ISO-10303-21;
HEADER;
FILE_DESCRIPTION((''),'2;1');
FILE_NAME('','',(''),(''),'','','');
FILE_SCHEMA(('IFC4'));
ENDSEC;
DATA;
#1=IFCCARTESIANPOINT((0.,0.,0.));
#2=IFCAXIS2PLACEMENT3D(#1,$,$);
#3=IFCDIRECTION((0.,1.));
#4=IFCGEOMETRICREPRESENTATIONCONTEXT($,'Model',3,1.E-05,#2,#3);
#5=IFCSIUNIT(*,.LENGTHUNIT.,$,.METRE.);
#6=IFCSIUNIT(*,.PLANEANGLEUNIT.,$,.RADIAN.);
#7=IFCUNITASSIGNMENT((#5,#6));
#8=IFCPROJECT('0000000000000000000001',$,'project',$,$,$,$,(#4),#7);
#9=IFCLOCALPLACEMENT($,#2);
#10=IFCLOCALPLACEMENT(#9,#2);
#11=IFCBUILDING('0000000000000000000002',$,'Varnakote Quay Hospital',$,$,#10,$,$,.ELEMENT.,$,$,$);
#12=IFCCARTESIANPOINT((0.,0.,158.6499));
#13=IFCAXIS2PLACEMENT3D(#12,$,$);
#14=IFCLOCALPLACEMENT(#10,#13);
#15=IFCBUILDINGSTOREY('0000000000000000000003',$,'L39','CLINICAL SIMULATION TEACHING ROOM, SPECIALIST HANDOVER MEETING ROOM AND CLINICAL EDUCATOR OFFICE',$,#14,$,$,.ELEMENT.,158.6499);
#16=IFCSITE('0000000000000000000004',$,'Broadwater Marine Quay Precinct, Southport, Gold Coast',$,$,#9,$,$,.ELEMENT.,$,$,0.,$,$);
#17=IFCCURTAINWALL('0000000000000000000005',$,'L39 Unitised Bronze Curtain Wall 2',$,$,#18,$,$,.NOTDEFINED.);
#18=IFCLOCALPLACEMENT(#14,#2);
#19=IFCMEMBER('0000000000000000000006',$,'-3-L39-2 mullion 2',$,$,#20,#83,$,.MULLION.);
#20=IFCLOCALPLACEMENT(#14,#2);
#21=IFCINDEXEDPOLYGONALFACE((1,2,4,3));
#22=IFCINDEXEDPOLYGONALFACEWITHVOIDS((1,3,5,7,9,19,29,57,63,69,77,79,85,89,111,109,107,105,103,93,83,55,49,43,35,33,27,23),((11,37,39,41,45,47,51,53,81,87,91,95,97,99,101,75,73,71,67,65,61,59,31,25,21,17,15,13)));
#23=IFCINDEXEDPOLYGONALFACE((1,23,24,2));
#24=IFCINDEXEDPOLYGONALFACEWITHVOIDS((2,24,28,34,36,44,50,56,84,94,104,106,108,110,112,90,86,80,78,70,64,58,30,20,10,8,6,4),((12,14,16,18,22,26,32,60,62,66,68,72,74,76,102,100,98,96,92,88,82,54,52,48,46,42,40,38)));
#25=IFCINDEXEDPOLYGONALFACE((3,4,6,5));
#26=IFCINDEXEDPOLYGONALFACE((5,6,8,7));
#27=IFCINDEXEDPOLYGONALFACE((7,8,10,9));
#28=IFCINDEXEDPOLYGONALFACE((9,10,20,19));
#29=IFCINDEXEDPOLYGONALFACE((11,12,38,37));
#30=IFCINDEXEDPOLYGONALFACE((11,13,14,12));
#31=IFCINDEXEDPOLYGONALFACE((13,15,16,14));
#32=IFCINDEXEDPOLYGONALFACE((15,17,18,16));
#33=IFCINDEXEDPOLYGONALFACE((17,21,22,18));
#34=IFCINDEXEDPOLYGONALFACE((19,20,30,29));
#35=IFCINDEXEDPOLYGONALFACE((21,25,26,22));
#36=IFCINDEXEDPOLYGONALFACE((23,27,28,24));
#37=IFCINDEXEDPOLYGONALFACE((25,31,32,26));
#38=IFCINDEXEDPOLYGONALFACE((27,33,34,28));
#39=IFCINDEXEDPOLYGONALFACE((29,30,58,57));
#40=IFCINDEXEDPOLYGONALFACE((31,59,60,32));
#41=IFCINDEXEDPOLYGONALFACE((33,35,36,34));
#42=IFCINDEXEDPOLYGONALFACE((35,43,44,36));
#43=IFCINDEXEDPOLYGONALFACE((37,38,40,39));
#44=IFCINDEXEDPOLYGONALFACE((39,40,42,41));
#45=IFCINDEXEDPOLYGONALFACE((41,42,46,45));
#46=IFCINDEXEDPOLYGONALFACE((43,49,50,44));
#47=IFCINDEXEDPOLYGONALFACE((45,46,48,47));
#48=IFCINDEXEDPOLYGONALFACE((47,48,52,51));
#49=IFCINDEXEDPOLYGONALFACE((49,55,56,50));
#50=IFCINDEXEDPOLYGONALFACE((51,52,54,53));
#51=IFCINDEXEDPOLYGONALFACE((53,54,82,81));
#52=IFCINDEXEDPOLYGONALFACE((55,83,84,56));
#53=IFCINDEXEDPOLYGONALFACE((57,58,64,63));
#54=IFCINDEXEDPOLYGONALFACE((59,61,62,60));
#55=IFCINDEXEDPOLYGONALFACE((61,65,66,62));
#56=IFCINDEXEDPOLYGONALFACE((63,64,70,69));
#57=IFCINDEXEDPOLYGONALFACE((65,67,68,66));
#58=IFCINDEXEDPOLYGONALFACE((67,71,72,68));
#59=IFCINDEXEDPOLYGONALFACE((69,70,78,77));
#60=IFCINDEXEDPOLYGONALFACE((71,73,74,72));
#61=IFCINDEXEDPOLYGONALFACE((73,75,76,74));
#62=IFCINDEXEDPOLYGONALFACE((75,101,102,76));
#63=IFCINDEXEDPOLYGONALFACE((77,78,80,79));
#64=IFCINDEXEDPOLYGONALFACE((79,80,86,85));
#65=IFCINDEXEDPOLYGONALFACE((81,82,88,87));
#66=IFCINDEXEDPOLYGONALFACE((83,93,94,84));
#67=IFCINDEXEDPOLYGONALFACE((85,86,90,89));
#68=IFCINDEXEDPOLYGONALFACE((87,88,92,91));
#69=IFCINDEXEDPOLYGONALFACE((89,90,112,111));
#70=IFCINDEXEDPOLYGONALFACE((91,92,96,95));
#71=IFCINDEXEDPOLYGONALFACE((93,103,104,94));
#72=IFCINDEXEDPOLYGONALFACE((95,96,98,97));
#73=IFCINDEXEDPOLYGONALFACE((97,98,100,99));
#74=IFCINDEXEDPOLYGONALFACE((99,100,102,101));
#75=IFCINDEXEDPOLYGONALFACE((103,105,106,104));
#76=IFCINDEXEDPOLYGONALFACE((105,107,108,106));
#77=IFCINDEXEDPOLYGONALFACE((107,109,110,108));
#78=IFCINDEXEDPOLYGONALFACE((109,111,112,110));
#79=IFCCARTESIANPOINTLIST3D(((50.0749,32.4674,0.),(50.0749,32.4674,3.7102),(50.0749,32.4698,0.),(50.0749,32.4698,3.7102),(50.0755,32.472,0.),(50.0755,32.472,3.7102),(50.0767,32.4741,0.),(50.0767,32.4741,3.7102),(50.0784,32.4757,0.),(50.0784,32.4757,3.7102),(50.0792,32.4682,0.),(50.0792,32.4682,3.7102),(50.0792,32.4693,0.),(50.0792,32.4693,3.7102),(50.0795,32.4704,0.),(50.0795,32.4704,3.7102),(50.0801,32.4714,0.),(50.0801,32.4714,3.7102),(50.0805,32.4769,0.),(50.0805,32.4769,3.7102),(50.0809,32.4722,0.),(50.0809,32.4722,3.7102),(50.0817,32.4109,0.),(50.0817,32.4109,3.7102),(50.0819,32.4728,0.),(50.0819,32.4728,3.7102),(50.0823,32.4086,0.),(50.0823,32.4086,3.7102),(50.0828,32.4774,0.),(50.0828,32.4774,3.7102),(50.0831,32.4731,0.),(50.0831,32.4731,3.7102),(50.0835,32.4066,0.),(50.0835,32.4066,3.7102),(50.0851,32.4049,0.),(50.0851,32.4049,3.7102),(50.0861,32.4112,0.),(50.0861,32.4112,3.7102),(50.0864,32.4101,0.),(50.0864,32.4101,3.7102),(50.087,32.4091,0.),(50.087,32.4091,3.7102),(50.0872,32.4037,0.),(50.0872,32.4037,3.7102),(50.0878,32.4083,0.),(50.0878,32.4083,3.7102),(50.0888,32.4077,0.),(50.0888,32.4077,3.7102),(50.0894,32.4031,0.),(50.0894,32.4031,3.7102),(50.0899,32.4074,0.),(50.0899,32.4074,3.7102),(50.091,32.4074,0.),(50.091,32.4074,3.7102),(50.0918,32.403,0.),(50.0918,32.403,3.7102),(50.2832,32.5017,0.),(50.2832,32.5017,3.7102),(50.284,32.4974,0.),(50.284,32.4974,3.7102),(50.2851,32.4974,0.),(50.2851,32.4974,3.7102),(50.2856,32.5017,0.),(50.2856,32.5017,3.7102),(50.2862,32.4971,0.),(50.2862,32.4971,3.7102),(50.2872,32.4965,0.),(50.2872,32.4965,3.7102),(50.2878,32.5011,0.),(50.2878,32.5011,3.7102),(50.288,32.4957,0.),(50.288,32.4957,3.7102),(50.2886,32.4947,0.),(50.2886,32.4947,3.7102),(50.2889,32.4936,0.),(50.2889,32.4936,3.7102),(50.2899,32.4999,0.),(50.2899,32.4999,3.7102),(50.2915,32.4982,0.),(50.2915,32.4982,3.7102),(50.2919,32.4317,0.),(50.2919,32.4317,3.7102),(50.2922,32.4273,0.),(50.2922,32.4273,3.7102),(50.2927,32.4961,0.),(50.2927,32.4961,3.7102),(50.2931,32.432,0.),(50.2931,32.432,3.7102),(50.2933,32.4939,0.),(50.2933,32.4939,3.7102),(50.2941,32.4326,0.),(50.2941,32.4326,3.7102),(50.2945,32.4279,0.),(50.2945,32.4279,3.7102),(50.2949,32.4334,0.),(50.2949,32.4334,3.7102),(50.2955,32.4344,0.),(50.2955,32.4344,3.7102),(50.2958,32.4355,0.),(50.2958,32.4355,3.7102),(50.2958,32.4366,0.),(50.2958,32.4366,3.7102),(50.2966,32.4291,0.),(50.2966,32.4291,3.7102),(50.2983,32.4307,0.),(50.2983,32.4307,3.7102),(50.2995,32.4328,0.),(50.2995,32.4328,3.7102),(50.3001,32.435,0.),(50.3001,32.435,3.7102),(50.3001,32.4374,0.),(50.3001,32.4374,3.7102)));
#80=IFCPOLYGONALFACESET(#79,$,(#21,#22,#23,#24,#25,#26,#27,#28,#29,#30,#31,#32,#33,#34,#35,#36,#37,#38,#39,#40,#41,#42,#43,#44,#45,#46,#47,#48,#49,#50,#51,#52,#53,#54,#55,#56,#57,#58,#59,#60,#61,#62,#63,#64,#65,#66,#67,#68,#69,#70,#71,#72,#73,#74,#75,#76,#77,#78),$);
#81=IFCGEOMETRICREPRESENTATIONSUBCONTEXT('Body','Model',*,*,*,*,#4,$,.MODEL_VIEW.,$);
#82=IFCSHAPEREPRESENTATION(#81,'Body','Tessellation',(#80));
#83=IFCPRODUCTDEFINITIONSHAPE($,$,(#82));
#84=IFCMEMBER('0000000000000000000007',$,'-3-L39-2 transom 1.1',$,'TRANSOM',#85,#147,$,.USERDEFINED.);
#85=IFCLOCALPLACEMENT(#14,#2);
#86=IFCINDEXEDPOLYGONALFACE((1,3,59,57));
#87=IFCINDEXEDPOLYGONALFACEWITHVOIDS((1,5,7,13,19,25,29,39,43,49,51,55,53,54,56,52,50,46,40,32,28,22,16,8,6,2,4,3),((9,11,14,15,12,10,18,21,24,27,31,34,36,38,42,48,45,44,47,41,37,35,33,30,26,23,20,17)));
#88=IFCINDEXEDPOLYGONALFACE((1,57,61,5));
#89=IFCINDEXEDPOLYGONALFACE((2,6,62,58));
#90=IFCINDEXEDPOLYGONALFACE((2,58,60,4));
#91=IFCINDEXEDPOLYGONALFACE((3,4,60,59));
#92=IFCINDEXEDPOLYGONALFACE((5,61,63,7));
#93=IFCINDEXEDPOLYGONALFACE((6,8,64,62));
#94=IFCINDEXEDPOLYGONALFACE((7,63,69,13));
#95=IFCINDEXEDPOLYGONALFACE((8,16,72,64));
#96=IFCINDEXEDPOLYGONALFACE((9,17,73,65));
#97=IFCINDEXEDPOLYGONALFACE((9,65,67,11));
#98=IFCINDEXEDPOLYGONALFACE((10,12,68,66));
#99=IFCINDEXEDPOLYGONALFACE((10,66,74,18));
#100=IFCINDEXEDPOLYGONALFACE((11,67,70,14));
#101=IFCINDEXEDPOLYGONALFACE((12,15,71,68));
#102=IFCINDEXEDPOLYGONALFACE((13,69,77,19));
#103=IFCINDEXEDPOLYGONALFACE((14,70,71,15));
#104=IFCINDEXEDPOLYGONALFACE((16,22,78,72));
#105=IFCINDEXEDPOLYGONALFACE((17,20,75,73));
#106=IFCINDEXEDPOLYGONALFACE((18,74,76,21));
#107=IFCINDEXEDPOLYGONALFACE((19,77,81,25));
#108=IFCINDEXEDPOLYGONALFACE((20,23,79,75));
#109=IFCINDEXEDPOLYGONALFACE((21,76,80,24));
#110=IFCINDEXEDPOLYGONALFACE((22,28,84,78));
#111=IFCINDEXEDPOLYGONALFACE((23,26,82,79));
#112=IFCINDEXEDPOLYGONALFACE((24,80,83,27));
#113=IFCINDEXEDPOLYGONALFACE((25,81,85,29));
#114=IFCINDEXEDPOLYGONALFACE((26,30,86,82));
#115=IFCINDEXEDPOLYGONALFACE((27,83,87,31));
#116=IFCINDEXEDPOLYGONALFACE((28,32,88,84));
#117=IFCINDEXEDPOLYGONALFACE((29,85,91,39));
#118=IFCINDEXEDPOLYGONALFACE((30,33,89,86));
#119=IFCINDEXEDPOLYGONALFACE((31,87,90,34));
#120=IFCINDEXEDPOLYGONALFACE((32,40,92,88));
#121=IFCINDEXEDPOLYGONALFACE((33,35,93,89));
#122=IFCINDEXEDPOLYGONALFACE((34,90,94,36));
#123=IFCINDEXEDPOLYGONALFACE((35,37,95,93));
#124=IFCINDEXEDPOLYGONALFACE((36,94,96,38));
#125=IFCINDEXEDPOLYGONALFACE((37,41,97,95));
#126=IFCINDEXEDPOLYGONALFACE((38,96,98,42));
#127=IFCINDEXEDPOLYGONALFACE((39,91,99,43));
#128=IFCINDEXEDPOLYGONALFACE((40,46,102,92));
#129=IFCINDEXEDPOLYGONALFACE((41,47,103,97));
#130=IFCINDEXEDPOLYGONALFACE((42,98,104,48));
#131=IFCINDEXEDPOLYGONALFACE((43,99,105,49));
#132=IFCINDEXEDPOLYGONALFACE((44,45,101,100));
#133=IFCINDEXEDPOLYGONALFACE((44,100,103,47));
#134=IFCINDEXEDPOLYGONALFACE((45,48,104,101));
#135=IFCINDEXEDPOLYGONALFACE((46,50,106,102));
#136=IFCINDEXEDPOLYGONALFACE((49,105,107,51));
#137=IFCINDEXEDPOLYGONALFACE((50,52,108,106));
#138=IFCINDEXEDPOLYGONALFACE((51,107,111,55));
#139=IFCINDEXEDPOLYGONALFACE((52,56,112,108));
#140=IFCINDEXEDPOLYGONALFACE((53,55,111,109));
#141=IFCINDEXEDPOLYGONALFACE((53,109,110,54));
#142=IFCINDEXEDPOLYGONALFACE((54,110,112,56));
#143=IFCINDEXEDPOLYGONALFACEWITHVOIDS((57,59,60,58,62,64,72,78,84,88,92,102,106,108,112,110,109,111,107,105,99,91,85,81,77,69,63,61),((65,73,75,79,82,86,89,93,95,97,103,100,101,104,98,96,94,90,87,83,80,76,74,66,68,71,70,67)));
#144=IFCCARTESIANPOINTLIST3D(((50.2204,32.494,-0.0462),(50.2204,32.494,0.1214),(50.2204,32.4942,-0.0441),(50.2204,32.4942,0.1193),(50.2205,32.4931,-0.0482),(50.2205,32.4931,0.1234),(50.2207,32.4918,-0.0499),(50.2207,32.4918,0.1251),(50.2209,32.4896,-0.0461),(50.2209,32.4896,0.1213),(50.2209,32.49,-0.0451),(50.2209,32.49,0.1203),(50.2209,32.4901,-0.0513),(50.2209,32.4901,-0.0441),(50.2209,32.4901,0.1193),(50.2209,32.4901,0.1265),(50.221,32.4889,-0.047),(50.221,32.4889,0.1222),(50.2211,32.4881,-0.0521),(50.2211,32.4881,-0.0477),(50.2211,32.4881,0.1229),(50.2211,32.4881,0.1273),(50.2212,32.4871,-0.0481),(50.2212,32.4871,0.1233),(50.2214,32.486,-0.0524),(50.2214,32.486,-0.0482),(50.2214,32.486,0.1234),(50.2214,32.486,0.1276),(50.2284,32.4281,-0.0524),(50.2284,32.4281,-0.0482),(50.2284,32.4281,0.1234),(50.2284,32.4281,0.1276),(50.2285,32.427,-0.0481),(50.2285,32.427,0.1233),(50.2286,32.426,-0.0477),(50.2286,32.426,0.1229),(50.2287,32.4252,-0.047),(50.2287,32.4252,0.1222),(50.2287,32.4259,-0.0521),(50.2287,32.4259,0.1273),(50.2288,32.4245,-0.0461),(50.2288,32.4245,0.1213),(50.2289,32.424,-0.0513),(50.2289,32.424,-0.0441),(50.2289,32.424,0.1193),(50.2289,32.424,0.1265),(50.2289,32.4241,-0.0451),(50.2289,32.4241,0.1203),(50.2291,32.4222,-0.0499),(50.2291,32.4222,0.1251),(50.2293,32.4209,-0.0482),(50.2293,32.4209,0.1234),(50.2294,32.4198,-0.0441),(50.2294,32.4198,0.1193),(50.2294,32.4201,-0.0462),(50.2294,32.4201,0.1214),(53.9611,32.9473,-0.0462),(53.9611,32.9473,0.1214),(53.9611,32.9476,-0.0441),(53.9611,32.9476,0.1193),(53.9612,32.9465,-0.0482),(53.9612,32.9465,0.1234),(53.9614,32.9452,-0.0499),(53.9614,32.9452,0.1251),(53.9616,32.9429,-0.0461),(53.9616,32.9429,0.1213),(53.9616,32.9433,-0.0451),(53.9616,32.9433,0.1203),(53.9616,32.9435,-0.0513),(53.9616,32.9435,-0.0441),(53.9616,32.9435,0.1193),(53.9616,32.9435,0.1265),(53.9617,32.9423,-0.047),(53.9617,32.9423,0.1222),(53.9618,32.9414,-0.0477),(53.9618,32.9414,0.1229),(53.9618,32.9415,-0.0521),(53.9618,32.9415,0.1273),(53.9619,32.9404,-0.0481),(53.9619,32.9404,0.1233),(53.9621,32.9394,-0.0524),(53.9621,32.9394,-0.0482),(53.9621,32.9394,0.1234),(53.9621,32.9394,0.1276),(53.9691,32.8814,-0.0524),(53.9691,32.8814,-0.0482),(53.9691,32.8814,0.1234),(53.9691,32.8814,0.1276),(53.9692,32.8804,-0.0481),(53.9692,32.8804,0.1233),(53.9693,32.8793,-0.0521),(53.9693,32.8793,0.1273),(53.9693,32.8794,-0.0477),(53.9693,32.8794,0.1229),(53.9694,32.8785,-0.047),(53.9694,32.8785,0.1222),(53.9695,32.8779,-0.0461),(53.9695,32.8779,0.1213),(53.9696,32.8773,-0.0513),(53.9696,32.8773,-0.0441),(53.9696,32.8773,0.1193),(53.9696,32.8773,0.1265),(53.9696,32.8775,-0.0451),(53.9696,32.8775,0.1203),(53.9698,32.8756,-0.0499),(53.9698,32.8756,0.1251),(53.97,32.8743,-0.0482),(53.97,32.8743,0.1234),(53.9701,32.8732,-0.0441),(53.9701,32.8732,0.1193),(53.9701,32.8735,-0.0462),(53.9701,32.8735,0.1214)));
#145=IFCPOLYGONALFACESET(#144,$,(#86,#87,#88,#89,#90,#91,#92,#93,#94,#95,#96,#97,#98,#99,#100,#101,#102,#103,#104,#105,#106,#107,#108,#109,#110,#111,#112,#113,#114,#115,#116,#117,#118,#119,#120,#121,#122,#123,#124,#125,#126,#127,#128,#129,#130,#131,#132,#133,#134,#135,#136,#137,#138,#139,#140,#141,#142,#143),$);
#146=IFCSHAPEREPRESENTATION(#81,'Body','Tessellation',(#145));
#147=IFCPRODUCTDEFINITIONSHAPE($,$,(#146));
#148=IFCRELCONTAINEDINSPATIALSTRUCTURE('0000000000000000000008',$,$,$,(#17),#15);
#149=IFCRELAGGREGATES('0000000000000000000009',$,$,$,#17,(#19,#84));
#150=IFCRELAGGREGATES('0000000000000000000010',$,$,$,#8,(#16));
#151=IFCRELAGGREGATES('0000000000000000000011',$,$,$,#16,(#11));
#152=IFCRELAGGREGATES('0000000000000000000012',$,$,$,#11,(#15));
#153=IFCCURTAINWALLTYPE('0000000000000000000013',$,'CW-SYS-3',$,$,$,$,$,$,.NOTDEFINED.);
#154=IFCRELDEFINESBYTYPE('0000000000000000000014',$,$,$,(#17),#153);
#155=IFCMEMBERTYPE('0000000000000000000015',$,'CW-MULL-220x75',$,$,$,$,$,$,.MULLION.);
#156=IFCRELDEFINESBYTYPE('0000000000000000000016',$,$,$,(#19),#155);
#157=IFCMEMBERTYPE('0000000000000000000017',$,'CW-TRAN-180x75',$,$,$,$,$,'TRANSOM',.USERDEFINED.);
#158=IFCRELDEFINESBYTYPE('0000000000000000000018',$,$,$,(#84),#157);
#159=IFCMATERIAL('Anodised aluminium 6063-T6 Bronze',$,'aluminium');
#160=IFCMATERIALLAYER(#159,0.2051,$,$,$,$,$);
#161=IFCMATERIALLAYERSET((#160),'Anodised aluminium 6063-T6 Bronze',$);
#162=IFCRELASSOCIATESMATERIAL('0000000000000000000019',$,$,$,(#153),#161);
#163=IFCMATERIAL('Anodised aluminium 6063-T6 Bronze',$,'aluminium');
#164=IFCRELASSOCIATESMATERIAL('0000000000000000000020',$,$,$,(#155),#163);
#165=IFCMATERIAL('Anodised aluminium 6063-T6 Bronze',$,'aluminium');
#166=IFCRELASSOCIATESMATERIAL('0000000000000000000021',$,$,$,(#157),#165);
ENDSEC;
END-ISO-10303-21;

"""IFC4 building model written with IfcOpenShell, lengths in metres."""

from ifc_helpers import new_model, si_unit, direction, frame, origin, origin_2d, place, context, subcontext, project, spatial, hollow_rectangle, extrude, material, layer, layer_set, material_profile, profile_set, type_object, element, aggregate, save


model = new_model("IFC4")

# Units and contexts
model_context = context("Model", 3, precision=1e-05, world=origin(), true_north=direction((0.0, 1.0)))
body_context = subcontext(model_context, "Body", "Model", "MODEL_VIEW")
ifc_project = project(units=[si_unit("LENGTHUNIT", "METRE"), si_unit("PLANEANGLEUNIT", "RADIAN")], contexts=[model_context])

# Site, building, storey
site_placement = place(None, origin())
site = spatial("IfcSite", under=ifc_project, at=site_placement, Name="Broadwater Marine Quay Precinct, Southport, Gold Coast", CompositionType="ELEMENT", RefElevation=0.0)
building_placement = place(site_placement, origin())
building = spatial("IfcBuilding", under=site, at=building_placement, Name="Varnakote Quay Hospital", CompositionType="ELEMENT")
storey_placement = place(building_placement, frame((0.0, 0.0, 158.6499)))
storey = spatial("IfcBuildingStorey", under=building, at=storey_placement, Name="L39", Description="CLINICAL SIMULATION TEACHING ROOM, SPECIALIST HANDOVER MEETING ROOM AND CLINICAL EDUCATOR OFFICE", CompositionType="ELEMENT", Elevation=158.6499)

# Shared definitions
ifc_material_1 = material(Name="Anodised aluminium 6063-T6 Bronze", Category="aluminium")
ifc_layer_1 = layer(ifc_material_1, 0.2051)
ifc_layer_set_1 = layer_set([ifc_layer_1], Name="Anodised aluminium 6063-T6 Bronze")
curtain_wall_type = type_object("IfcCurtainWallType", Name="CW-SYS-3", PredefinedType="NOTDEFINED", material=ifc_layer_set_1)
ifc_material_2 = material(Name="Anodised aluminium 6063-T6 Bronze", Category="aluminium")
ifc_material_profile_1 = material_profile(ifc_material_2, hollow_rectangle(XDim=0.075, YDim=0.22, WallThickness=0.0044, InnerFilletRadius=0.0044, OuterFilletRadius=0.009, at=origin_2d()), Name="CW-MULL-220x75")
ifc_profile_set_1 = profile_set([ifc_material_profile_1], Name="Anodised aluminium 6063-T6 Bronze")
member_type_1 = type_object("IfcMemberType", Name="CW-MULL-220x75", PredefinedType="MULLION", material=ifc_profile_set_1)

# Curtain wall, members
curtain_wall_1_placement = place(storey_placement, origin())
curtain_wall_1 = element("IfcCurtainWall", 1, at=curtain_wall_1_placement, inside=storey, type_object=curtain_wall_type, Name="L39 Unitised Bronze Curtain Wall 2", PredefinedType="NOTDEFINED")
member_1_placement = place(storey_placement, frame((50.1875, 32.4524, 0.0), z_axis=(0.0, 0.0, 1.0), x_axis=(0.120327, -0.992734, 0.0)))
member_1 = element("IfcMember", 2, at=member_1_placement, type_object=member_type_1, Name="-3-L39-2 mullion 2", PredefinedType="MULLION", context=body_context, shape_type="SweptSolid", body=[
    extrude(hollow_rectangle(XDim=0.075, YDim=0.22, WallThickness=0.0044, InnerFilletRadius=0.0044, OuterFilletRadius=0.009, at=origin_2d()), origin(), (0.0, 0.0, 1.0), 3.7102),
])
ifc_material_3 = material(Name="Anodised aluminium 6063-T6 Bronze", Category="aluminium")
ifc_material_profile_2 = material_profile(ifc_material_3, hollow_rectangle(XDim=0.075, YDim=0.1799, WallThickness=0.0042, InnerFilletRadius=0.0042, OuterFilletRadius=0.0083, at=origin_2d()), Name="CW-TRAN-180x75")
ifc_profile_set_2 = profile_set([ifc_material_profile_2], Name="Anodised aluminium 6063-T6 Bronze")
member_type_2 = type_object("IfcMemberType", Name="CW-TRAN-180x75", ElementType="TRANSOM", PredefinedType="USERDEFINED", material=ifc_profile_set_2)
member_2_placement = place(storey_placement, frame((53.9656, 32.9104, 0.0376), z_axis=(-0.992735, -0.120318, 0.0), x_axis=(0.120318, -0.992735, 0.0)))
member_2 = element("IfcMember", 3, at=member_2_placement, type_object=member_type_2, Name="-3-L39-2 transom 1.1", ObjectType="TRANSOM", PredefinedType="USERDEFINED", context=body_context, shape_type="SweptSolid", body=[
    extrude(hollow_rectangle(XDim=0.075, YDim=0.1799, WallThickness=0.0042, InnerFilletRadius=0.0042, OuterFilletRadius=0.0083, at=origin_2d()), origin(), (0.0, 0.0, 1.0), 3.7681),
])

aggregate(curtain_wall_1, [member_1, member_2])

save(model, "model.ifc")
